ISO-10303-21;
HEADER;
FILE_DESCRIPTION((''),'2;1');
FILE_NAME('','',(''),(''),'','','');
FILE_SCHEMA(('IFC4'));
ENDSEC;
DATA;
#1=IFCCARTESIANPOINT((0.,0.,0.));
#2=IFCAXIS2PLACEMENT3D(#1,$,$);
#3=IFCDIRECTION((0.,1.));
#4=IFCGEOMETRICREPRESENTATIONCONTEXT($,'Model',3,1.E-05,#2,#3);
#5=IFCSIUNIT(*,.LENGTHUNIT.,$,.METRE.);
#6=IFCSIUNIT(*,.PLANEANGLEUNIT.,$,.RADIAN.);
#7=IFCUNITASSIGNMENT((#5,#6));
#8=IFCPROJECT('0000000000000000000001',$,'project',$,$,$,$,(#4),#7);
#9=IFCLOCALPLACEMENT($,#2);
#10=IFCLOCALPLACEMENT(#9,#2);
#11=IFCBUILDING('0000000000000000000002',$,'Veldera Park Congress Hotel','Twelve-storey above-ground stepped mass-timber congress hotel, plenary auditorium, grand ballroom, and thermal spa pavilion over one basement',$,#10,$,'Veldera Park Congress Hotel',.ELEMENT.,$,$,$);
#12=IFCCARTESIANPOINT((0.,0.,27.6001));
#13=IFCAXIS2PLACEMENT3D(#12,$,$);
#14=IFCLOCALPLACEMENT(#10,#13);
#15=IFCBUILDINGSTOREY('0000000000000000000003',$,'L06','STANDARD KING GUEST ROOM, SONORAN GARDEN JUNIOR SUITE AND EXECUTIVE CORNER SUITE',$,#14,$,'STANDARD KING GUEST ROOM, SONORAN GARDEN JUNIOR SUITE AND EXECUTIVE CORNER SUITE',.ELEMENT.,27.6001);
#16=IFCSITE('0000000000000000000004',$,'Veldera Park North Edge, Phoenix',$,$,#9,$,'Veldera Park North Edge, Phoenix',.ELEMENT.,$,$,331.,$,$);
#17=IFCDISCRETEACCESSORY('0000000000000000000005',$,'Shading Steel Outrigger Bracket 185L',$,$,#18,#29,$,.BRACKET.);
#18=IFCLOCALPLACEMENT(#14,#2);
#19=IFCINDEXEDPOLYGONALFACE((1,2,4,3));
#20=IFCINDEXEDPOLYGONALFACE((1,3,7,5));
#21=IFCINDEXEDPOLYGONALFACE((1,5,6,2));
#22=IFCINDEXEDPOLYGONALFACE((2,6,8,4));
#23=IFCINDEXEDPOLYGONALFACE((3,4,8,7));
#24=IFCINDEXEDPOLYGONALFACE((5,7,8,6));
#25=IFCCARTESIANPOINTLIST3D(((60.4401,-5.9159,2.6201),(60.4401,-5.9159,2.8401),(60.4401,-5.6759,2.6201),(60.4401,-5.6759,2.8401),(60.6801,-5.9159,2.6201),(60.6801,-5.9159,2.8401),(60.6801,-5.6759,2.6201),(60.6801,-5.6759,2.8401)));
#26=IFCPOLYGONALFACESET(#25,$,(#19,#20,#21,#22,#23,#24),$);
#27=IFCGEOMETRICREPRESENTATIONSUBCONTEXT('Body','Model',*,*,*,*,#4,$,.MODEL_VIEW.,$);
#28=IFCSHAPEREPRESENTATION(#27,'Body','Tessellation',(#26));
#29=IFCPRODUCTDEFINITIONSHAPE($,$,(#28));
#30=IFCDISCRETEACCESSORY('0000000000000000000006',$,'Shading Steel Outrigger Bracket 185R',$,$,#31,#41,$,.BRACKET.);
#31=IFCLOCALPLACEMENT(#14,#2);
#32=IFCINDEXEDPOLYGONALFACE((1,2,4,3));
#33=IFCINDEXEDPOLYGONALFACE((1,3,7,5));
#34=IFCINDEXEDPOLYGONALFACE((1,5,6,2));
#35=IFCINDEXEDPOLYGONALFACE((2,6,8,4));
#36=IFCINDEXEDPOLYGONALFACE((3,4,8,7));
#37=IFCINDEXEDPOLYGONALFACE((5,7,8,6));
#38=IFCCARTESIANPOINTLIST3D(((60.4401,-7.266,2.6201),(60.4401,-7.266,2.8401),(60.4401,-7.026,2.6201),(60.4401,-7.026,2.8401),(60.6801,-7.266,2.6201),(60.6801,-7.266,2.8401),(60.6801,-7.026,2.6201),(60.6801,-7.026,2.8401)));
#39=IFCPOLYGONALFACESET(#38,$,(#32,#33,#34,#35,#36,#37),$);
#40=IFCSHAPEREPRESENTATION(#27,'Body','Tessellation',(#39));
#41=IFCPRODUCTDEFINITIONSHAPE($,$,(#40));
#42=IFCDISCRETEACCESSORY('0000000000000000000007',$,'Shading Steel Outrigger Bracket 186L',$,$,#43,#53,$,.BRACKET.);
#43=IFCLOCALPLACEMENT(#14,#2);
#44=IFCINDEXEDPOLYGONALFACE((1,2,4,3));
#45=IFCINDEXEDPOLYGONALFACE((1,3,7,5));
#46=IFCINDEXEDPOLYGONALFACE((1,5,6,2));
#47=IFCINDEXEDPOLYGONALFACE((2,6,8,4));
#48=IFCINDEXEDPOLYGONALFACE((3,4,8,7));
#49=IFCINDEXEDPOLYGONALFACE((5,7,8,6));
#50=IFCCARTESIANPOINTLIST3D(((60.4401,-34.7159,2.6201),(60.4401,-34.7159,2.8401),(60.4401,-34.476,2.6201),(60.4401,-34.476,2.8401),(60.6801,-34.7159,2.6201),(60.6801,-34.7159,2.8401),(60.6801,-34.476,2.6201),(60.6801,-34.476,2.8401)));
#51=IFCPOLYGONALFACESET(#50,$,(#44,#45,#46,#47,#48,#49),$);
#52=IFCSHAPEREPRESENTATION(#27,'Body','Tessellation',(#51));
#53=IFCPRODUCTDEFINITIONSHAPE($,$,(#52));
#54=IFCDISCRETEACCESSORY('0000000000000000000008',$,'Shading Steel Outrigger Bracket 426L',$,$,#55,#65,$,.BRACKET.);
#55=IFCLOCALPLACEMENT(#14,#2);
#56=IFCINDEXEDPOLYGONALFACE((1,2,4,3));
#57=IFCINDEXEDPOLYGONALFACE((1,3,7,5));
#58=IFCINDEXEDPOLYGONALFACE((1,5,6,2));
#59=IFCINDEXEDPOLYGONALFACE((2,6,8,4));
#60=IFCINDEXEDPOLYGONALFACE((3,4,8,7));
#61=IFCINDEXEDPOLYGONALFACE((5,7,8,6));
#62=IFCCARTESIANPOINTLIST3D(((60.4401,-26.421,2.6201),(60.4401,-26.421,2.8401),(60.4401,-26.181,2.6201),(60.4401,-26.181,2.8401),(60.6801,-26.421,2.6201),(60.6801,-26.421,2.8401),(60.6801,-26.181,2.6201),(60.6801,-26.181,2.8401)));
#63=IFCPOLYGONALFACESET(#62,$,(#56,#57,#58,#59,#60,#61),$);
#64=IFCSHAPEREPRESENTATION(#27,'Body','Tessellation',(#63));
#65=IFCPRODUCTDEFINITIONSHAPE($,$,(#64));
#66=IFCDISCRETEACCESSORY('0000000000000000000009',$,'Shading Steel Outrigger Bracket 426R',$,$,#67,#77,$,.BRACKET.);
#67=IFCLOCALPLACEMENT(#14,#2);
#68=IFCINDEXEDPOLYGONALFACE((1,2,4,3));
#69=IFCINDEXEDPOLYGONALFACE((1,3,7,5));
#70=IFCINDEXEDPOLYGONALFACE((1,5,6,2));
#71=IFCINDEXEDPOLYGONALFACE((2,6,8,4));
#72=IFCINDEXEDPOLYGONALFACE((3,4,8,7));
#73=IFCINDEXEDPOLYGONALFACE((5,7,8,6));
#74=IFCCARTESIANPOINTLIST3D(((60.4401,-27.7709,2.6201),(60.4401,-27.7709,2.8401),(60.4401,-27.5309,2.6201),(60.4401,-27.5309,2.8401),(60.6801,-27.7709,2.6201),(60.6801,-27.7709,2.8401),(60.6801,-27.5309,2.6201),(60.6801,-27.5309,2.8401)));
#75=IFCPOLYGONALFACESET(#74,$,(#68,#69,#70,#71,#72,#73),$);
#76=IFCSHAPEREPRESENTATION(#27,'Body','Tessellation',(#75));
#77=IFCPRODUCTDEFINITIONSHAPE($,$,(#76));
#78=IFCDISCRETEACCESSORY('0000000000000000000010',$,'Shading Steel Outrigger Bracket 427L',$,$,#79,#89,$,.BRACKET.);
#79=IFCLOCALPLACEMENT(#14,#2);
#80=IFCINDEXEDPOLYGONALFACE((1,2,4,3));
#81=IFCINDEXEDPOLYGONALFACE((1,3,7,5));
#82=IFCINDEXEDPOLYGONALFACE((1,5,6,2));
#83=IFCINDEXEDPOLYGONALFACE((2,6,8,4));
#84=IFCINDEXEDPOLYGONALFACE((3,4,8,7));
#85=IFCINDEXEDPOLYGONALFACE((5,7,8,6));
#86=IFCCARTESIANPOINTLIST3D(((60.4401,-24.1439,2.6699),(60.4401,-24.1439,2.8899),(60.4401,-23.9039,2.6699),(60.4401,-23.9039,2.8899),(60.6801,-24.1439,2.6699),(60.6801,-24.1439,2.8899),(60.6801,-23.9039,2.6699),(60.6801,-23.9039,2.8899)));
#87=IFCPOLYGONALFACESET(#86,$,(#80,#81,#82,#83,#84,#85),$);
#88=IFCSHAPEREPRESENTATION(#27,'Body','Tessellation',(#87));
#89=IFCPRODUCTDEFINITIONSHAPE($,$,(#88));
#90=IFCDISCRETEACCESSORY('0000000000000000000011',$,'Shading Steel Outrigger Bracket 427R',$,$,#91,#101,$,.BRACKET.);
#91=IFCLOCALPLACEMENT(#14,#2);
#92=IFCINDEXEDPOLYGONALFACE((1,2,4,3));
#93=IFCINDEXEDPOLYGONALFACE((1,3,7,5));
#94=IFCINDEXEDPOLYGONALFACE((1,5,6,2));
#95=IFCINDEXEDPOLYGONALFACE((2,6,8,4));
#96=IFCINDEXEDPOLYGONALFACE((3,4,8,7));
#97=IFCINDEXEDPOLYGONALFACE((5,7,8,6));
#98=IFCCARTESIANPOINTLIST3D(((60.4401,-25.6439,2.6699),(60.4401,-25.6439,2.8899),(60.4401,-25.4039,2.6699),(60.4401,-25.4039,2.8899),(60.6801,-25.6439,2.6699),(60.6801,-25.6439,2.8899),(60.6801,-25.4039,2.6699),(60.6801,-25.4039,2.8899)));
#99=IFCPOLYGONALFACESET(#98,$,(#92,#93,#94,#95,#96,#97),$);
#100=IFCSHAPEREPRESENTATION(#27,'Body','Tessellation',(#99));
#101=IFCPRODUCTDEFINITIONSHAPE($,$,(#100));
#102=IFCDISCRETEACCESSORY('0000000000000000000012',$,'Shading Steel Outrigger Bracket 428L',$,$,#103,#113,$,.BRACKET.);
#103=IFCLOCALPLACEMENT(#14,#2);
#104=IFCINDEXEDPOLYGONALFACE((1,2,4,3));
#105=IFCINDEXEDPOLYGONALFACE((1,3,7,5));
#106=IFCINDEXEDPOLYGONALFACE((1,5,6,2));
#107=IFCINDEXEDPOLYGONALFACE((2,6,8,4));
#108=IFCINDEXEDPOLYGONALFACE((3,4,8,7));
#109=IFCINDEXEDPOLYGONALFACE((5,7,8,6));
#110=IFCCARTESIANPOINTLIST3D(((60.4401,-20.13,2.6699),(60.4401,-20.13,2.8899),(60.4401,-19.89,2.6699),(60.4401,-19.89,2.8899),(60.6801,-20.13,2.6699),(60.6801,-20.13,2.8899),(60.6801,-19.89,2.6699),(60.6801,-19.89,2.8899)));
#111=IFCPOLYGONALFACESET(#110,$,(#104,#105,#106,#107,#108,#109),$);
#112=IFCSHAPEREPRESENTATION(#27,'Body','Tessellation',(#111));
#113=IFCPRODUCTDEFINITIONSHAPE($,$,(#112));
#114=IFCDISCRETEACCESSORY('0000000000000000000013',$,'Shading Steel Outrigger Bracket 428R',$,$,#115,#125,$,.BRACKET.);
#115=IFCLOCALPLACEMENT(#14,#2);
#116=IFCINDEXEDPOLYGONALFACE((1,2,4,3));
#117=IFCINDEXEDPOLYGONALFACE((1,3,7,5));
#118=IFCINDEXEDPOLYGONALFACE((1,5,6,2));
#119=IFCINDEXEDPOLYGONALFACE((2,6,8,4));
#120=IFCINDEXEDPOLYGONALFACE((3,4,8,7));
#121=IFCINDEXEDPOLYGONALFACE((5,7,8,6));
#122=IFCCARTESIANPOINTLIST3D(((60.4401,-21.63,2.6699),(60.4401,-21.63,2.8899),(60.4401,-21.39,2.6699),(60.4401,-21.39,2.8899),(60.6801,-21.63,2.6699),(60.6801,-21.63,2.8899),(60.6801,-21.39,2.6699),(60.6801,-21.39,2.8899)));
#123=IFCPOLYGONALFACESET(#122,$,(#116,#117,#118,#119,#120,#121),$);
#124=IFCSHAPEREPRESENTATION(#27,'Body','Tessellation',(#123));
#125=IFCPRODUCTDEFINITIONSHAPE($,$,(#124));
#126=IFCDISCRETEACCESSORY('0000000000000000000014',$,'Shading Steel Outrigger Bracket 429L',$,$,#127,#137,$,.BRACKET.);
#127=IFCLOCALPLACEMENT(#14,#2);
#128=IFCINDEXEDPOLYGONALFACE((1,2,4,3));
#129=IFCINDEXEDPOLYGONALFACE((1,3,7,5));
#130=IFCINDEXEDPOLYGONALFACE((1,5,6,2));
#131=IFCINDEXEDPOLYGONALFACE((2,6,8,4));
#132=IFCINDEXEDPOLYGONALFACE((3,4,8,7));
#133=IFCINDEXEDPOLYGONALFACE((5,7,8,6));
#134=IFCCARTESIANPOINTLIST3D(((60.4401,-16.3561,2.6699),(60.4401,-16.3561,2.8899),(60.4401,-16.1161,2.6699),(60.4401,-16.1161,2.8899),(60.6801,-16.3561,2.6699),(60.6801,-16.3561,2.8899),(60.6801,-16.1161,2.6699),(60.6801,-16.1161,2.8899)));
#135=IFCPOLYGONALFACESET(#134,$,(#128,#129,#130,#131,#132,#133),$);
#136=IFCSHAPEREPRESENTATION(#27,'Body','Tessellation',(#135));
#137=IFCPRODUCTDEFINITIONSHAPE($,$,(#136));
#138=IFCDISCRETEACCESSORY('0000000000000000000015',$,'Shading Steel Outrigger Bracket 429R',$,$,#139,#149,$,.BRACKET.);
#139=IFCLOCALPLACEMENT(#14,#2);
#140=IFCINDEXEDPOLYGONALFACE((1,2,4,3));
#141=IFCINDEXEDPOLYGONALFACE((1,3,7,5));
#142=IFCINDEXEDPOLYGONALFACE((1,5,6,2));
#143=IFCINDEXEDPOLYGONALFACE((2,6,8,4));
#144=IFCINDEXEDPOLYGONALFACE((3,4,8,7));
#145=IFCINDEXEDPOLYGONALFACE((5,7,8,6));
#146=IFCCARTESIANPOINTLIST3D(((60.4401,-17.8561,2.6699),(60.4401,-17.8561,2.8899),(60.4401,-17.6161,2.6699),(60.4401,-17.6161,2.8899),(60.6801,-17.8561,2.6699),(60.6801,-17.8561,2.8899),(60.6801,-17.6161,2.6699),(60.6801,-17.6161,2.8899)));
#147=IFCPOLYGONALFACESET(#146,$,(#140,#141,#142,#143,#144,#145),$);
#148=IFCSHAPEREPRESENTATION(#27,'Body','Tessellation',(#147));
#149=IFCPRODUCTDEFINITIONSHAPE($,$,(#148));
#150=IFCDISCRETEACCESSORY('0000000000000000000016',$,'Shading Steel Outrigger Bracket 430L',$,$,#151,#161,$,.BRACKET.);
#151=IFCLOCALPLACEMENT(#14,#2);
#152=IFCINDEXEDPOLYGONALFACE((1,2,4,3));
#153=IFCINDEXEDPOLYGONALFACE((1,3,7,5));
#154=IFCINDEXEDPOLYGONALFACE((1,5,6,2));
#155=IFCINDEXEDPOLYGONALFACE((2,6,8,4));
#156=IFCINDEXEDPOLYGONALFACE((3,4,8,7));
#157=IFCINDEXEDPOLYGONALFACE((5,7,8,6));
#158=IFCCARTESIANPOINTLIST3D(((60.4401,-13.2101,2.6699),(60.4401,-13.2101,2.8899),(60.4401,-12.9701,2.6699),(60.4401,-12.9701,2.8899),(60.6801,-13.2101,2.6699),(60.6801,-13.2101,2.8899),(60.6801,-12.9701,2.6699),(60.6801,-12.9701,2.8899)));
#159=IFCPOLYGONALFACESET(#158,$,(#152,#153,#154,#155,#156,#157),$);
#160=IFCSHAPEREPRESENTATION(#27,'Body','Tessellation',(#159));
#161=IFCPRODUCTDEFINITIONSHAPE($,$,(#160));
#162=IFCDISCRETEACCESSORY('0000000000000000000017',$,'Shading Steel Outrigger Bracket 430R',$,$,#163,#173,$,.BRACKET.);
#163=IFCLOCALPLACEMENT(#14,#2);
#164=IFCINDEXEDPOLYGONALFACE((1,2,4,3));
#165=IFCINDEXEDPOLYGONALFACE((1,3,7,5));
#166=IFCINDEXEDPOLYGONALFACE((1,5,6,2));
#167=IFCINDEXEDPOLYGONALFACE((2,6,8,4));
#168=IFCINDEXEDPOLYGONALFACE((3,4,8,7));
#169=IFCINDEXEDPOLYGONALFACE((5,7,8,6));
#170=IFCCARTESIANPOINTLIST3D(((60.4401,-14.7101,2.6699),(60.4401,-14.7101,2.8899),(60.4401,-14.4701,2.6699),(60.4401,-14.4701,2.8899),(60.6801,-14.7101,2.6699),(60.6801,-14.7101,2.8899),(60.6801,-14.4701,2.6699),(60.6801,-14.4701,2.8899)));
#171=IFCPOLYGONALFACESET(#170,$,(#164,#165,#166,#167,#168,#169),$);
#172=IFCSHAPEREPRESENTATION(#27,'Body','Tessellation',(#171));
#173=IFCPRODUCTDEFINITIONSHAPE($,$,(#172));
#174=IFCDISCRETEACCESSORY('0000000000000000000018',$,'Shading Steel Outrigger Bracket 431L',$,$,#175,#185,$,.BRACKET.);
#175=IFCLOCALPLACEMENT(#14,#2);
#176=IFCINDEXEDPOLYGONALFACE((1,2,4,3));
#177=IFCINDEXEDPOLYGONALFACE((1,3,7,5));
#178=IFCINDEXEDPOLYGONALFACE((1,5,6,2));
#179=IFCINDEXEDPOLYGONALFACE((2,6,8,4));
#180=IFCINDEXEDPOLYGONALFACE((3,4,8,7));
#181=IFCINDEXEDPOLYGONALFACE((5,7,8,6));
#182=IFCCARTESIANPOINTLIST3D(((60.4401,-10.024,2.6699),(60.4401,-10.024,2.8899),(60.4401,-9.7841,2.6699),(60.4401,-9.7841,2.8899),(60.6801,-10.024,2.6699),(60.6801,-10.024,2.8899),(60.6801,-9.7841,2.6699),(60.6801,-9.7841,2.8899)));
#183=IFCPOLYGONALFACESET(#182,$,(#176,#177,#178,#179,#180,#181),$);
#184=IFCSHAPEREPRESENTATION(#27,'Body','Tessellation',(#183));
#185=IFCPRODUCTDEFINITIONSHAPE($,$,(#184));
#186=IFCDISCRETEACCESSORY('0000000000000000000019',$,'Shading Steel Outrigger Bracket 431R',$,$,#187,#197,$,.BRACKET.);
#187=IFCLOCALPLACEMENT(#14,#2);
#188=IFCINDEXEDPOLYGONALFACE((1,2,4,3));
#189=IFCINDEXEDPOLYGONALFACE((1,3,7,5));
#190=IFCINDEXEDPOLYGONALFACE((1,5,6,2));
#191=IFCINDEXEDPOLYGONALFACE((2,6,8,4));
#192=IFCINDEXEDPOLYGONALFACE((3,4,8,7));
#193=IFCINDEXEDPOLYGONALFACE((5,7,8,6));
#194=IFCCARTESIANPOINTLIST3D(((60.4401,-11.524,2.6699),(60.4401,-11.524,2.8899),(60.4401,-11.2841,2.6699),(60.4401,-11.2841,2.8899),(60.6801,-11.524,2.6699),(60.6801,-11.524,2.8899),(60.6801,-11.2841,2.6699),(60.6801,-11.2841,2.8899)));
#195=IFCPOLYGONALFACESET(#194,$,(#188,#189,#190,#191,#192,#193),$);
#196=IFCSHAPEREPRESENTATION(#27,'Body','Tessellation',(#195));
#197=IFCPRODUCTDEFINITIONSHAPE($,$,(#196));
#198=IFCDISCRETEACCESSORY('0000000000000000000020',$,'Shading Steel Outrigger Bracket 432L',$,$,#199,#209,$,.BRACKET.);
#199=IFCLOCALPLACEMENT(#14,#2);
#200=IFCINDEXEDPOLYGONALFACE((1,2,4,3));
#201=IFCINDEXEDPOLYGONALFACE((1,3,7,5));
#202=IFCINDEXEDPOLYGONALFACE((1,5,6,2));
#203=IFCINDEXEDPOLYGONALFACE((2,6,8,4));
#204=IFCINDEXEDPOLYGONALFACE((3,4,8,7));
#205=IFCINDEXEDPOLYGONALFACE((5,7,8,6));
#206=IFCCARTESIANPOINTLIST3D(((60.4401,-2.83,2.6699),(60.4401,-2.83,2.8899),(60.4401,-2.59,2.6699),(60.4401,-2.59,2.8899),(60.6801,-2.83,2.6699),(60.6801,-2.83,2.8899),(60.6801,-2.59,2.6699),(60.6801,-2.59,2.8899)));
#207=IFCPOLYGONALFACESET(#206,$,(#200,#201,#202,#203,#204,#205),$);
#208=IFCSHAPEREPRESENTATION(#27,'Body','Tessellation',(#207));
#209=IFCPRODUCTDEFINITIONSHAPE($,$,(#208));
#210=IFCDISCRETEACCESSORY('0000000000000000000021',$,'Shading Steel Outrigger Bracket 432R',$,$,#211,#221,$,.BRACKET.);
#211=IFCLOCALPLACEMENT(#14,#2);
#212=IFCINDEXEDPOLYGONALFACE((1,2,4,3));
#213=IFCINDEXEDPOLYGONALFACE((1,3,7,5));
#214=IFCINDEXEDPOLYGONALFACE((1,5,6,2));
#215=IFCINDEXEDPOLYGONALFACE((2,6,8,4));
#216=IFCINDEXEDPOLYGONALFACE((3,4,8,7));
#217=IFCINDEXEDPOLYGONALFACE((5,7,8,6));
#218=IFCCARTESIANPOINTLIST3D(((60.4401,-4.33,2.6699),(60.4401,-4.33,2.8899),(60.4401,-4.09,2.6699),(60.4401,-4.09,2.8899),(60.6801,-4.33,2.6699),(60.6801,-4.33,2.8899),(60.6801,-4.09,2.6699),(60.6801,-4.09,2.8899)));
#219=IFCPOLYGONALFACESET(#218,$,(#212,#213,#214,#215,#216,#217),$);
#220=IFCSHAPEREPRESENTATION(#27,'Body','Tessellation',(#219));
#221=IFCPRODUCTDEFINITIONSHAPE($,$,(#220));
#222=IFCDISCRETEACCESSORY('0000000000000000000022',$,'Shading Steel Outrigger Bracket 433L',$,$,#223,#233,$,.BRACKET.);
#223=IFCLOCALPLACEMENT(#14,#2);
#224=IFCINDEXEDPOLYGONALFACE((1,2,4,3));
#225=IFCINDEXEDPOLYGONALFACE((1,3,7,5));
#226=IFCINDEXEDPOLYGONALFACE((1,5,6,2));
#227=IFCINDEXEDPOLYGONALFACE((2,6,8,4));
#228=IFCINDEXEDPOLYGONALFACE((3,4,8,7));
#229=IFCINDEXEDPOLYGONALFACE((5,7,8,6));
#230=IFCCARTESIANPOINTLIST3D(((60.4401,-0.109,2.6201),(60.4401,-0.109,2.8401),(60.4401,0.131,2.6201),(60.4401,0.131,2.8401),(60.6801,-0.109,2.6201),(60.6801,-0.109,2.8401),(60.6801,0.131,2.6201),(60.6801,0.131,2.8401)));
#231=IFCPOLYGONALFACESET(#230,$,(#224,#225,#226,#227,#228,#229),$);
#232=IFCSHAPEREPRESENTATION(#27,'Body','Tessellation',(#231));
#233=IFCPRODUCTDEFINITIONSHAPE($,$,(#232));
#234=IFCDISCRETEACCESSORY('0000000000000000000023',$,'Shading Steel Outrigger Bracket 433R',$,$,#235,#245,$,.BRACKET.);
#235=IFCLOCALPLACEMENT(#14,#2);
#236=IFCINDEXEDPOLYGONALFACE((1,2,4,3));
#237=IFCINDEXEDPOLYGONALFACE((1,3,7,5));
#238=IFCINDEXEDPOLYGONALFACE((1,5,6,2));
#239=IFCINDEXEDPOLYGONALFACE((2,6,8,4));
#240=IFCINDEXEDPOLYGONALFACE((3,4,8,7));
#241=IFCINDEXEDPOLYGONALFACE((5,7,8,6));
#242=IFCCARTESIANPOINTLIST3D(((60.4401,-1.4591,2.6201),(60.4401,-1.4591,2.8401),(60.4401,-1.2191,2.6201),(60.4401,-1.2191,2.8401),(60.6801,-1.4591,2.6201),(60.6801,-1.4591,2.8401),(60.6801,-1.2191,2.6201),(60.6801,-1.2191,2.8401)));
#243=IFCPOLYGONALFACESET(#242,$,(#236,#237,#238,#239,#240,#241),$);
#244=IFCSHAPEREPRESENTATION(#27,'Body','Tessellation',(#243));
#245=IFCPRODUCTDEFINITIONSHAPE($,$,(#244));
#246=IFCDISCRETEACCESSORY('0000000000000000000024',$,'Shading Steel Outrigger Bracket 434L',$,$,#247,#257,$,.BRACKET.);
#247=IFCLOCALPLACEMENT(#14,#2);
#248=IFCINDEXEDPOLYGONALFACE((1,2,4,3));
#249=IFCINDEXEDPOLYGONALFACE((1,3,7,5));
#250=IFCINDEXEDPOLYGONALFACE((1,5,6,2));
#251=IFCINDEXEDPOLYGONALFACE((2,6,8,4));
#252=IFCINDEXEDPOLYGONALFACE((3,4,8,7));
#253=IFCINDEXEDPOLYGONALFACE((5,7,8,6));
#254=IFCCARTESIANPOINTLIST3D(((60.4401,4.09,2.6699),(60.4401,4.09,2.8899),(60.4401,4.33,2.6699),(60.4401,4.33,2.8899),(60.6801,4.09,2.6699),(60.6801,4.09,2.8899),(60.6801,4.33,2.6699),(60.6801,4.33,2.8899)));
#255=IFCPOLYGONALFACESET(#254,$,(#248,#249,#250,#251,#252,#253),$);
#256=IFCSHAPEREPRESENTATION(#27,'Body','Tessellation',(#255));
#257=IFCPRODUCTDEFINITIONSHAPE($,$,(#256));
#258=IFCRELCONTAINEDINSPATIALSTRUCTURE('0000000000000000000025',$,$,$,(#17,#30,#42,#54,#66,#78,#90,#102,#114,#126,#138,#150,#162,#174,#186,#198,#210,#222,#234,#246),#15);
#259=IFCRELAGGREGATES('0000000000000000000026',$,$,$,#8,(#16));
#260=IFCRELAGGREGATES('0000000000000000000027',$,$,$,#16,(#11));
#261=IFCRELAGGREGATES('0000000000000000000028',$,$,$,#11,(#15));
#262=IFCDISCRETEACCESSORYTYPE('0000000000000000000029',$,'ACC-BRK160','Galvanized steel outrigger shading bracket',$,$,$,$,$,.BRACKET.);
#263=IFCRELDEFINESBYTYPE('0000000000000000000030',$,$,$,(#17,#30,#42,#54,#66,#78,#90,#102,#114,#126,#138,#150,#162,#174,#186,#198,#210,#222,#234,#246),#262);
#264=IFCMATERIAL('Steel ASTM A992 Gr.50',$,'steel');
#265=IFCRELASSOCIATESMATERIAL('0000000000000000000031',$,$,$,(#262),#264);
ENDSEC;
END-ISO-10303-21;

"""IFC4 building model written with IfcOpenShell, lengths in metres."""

from ifc_helpers import new_model, si_unit, direction, frame, origin, origin_2d, place, context, subcontext, project, spatial, rectangle, extrude, material, type_object, element, save


model = new_model("IFC4")

# Units and contexts
model_context = context("Model", 3, precision=1e-05, world=origin(), true_north=direction((0.0, 1.0)))
body_context = subcontext(model_context, "Body", "Model", "MODEL_VIEW")
ifc_project = project(units=[si_unit("LENGTHUNIT", "METRE"), si_unit("PLANEANGLEUNIT", "RADIAN")], contexts=[model_context])

# Site, building, storey
site_placement = place(None, origin())
site = spatial("IfcSite", under=ifc_project, at=site_placement, Name="Veldera Park North Edge, Phoenix", LongName="Veldera Park North Edge, Phoenix", CompositionType="ELEMENT", RefElevation=331.0)
building_placement = place(site_placement, origin())
building = spatial("IfcBuilding", under=site, at=building_placement, Name="Veldera Park Congress Hotel", Description="Twelve-storey above-ground stepped mass-timber congress hotel, plenary auditorium, grand ballroom, and thermal spa pavilion over one basement", LongName="Veldera Park Congress Hotel", CompositionType="ELEMENT")
storey_placement = place(building_placement, frame((0.0, 0.0, 27.6001)))
storey = spatial("IfcBuildingStorey", under=building, at=storey_placement, Name="L06", Description="STANDARD KING GUEST ROOM, SONORAN GARDEN JUNIOR SUITE AND EXECUTIVE CORNER SUITE", LongName="STANDARD KING GUEST ROOM, SONORAN GARDEN JUNIOR SUITE AND EXECUTIVE CORNER SUITE", CompositionType="ELEMENT", Elevation=27.6001)

# Discrete accessories
ifc_material = material(Name="Steel ASTM A992 Gr.50", Category="steel")
discrete_accessory_type = type_object("IfcDiscreteAccessoryType", Name="ACC-BRK160", Description="Galvanized steel outrigger shading bracket", PredefinedType="BRACKET", material=ifc_material)
for number, where, z_axis, x_axis, name in (
    (1, (60.5601, -5.7959, 2.6201), (0.0, 0.0, 1.0), (0.0, -1.0, 0.0), "Shading Steel Outrigger Bracket 185L"),
    (2, (60.5601, -7.146, 2.6201), (0.0, 0.0, 1.0), (0.0, -1.0, 0.0), "Shading Steel Outrigger Bracket 185R"),
    (3, (60.5601, -34.5959, 2.6201), (0.0, 0.0, 1.0), (0.0, -1.0, 0.0), "Shading Steel Outrigger Bracket 186L"),
    (4, (60.5601, -26.301, 2.6201), (0.0, 0.0, 1.0), (0.0, -1.0, 0.0), "Shading Steel Outrigger Bracket 426L"),
    (5, (60.5601, -27.6509, 2.6201), (0.0, 0.0, 1.0), (0.0, -1.0, 0.0), "Shading Steel Outrigger Bracket 426R"),
    (6, (60.5601, -24.0239, 2.6699), (0.0, 0.0, 1.0), (0.0, -1.0, 0.0), "Shading Steel Outrigger Bracket 427L"),
    (7, (60.5601, -25.5239, 2.6699), (0.0, 0.0, 1.0), (0.0, -1.0, 0.0), "Shading Steel Outrigger Bracket 427R"),
    (8, (60.5601, -20.01, 2.6699), (0.0, 0.0, 1.0), (0.0, -1.0, 0.0), "Shading Steel Outrigger Bracket 428L"),
    (9, (60.5601, -21.51, 2.6699), (0.0, 0.0, 1.0), (0.0, -1.0, 0.0), "Shading Steel Outrigger Bracket 428R"),
    (10, (60.5601, -16.2361, 2.6699), (0.0, 0.0, 1.0), (0.0, -1.0, 0.0), "Shading Steel Outrigger Bracket 429L"),
    (11, (60.5601, -17.7361, 2.6699), (0.0, 0.0, 1.0), (0.0, -1.0, 0.0), "Shading Steel Outrigger Bracket 429R"),
    (12, (60.5601, -13.0901, 2.6699), (0.0, 0.0, 1.0), (0.0, -1.0, 0.0), "Shading Steel Outrigger Bracket 430L"),
    (13, (60.5601, -14.5901, 2.6699), (0.0, 0.0, 1.0), (0.0, -1.0, 0.0), "Shading Steel Outrigger Bracket 430R"),
    (14, (60.5601, -9.9041, 2.6699), (0.0, 0.0, 1.0), (0.0, -1.0, 0.0), "Shading Steel Outrigger Bracket 431L"),
    (15, (60.5601, -11.4041, 2.6699), (0.0, 0.0, 1.0), (0.0, -1.0, 0.0), "Shading Steel Outrigger Bracket 431R"),
    (16, (60.5601, -2.71, 2.6699), (0.0, 0.0, 1.0), (0.0, -1.0, 0.0), "Shading Steel Outrigger Bracket 432L"),
    (17, (60.5601, -4.21, 2.6699), (0.0, 0.0, 1.0), (0.0, -1.0, 0.0), "Shading Steel Outrigger Bracket 432R"),
    (18, (60.5601, 0.011, 2.6201), (0.0, 0.0, 1.0), (0.0, -1.0, 0.0), "Shading Steel Outrigger Bracket 433L"),
    (19, (60.5601, -1.3391, 2.6201), (0.0, 0.0, 1.0), (0.0, -1.0, 0.0), "Shading Steel Outrigger Bracket 433R"),
    (20, (60.5601, 4.21, 2.6699), (0.0, 0.0, 1.0), (0.0, -1.0, 0.0), "Shading Steel Outrigger Bracket 434L"),
):
    element("IfcDiscreteAccessory", number, at=place(storey_placement, frame(where, z_axis=z_axis, x_axis=x_axis)), inside=storey, type_object=discrete_accessory_type, Name=name, PredefinedType="BRACKET", context=body_context, shape_type="SweptSolid", body=[
        extrude(rectangle(XDim=0.24, YDim=0.24, at=origin_2d()), origin(), (0.0, 0.0, 1.0), 0.22),
    ])

save(model, "model.ifc")
